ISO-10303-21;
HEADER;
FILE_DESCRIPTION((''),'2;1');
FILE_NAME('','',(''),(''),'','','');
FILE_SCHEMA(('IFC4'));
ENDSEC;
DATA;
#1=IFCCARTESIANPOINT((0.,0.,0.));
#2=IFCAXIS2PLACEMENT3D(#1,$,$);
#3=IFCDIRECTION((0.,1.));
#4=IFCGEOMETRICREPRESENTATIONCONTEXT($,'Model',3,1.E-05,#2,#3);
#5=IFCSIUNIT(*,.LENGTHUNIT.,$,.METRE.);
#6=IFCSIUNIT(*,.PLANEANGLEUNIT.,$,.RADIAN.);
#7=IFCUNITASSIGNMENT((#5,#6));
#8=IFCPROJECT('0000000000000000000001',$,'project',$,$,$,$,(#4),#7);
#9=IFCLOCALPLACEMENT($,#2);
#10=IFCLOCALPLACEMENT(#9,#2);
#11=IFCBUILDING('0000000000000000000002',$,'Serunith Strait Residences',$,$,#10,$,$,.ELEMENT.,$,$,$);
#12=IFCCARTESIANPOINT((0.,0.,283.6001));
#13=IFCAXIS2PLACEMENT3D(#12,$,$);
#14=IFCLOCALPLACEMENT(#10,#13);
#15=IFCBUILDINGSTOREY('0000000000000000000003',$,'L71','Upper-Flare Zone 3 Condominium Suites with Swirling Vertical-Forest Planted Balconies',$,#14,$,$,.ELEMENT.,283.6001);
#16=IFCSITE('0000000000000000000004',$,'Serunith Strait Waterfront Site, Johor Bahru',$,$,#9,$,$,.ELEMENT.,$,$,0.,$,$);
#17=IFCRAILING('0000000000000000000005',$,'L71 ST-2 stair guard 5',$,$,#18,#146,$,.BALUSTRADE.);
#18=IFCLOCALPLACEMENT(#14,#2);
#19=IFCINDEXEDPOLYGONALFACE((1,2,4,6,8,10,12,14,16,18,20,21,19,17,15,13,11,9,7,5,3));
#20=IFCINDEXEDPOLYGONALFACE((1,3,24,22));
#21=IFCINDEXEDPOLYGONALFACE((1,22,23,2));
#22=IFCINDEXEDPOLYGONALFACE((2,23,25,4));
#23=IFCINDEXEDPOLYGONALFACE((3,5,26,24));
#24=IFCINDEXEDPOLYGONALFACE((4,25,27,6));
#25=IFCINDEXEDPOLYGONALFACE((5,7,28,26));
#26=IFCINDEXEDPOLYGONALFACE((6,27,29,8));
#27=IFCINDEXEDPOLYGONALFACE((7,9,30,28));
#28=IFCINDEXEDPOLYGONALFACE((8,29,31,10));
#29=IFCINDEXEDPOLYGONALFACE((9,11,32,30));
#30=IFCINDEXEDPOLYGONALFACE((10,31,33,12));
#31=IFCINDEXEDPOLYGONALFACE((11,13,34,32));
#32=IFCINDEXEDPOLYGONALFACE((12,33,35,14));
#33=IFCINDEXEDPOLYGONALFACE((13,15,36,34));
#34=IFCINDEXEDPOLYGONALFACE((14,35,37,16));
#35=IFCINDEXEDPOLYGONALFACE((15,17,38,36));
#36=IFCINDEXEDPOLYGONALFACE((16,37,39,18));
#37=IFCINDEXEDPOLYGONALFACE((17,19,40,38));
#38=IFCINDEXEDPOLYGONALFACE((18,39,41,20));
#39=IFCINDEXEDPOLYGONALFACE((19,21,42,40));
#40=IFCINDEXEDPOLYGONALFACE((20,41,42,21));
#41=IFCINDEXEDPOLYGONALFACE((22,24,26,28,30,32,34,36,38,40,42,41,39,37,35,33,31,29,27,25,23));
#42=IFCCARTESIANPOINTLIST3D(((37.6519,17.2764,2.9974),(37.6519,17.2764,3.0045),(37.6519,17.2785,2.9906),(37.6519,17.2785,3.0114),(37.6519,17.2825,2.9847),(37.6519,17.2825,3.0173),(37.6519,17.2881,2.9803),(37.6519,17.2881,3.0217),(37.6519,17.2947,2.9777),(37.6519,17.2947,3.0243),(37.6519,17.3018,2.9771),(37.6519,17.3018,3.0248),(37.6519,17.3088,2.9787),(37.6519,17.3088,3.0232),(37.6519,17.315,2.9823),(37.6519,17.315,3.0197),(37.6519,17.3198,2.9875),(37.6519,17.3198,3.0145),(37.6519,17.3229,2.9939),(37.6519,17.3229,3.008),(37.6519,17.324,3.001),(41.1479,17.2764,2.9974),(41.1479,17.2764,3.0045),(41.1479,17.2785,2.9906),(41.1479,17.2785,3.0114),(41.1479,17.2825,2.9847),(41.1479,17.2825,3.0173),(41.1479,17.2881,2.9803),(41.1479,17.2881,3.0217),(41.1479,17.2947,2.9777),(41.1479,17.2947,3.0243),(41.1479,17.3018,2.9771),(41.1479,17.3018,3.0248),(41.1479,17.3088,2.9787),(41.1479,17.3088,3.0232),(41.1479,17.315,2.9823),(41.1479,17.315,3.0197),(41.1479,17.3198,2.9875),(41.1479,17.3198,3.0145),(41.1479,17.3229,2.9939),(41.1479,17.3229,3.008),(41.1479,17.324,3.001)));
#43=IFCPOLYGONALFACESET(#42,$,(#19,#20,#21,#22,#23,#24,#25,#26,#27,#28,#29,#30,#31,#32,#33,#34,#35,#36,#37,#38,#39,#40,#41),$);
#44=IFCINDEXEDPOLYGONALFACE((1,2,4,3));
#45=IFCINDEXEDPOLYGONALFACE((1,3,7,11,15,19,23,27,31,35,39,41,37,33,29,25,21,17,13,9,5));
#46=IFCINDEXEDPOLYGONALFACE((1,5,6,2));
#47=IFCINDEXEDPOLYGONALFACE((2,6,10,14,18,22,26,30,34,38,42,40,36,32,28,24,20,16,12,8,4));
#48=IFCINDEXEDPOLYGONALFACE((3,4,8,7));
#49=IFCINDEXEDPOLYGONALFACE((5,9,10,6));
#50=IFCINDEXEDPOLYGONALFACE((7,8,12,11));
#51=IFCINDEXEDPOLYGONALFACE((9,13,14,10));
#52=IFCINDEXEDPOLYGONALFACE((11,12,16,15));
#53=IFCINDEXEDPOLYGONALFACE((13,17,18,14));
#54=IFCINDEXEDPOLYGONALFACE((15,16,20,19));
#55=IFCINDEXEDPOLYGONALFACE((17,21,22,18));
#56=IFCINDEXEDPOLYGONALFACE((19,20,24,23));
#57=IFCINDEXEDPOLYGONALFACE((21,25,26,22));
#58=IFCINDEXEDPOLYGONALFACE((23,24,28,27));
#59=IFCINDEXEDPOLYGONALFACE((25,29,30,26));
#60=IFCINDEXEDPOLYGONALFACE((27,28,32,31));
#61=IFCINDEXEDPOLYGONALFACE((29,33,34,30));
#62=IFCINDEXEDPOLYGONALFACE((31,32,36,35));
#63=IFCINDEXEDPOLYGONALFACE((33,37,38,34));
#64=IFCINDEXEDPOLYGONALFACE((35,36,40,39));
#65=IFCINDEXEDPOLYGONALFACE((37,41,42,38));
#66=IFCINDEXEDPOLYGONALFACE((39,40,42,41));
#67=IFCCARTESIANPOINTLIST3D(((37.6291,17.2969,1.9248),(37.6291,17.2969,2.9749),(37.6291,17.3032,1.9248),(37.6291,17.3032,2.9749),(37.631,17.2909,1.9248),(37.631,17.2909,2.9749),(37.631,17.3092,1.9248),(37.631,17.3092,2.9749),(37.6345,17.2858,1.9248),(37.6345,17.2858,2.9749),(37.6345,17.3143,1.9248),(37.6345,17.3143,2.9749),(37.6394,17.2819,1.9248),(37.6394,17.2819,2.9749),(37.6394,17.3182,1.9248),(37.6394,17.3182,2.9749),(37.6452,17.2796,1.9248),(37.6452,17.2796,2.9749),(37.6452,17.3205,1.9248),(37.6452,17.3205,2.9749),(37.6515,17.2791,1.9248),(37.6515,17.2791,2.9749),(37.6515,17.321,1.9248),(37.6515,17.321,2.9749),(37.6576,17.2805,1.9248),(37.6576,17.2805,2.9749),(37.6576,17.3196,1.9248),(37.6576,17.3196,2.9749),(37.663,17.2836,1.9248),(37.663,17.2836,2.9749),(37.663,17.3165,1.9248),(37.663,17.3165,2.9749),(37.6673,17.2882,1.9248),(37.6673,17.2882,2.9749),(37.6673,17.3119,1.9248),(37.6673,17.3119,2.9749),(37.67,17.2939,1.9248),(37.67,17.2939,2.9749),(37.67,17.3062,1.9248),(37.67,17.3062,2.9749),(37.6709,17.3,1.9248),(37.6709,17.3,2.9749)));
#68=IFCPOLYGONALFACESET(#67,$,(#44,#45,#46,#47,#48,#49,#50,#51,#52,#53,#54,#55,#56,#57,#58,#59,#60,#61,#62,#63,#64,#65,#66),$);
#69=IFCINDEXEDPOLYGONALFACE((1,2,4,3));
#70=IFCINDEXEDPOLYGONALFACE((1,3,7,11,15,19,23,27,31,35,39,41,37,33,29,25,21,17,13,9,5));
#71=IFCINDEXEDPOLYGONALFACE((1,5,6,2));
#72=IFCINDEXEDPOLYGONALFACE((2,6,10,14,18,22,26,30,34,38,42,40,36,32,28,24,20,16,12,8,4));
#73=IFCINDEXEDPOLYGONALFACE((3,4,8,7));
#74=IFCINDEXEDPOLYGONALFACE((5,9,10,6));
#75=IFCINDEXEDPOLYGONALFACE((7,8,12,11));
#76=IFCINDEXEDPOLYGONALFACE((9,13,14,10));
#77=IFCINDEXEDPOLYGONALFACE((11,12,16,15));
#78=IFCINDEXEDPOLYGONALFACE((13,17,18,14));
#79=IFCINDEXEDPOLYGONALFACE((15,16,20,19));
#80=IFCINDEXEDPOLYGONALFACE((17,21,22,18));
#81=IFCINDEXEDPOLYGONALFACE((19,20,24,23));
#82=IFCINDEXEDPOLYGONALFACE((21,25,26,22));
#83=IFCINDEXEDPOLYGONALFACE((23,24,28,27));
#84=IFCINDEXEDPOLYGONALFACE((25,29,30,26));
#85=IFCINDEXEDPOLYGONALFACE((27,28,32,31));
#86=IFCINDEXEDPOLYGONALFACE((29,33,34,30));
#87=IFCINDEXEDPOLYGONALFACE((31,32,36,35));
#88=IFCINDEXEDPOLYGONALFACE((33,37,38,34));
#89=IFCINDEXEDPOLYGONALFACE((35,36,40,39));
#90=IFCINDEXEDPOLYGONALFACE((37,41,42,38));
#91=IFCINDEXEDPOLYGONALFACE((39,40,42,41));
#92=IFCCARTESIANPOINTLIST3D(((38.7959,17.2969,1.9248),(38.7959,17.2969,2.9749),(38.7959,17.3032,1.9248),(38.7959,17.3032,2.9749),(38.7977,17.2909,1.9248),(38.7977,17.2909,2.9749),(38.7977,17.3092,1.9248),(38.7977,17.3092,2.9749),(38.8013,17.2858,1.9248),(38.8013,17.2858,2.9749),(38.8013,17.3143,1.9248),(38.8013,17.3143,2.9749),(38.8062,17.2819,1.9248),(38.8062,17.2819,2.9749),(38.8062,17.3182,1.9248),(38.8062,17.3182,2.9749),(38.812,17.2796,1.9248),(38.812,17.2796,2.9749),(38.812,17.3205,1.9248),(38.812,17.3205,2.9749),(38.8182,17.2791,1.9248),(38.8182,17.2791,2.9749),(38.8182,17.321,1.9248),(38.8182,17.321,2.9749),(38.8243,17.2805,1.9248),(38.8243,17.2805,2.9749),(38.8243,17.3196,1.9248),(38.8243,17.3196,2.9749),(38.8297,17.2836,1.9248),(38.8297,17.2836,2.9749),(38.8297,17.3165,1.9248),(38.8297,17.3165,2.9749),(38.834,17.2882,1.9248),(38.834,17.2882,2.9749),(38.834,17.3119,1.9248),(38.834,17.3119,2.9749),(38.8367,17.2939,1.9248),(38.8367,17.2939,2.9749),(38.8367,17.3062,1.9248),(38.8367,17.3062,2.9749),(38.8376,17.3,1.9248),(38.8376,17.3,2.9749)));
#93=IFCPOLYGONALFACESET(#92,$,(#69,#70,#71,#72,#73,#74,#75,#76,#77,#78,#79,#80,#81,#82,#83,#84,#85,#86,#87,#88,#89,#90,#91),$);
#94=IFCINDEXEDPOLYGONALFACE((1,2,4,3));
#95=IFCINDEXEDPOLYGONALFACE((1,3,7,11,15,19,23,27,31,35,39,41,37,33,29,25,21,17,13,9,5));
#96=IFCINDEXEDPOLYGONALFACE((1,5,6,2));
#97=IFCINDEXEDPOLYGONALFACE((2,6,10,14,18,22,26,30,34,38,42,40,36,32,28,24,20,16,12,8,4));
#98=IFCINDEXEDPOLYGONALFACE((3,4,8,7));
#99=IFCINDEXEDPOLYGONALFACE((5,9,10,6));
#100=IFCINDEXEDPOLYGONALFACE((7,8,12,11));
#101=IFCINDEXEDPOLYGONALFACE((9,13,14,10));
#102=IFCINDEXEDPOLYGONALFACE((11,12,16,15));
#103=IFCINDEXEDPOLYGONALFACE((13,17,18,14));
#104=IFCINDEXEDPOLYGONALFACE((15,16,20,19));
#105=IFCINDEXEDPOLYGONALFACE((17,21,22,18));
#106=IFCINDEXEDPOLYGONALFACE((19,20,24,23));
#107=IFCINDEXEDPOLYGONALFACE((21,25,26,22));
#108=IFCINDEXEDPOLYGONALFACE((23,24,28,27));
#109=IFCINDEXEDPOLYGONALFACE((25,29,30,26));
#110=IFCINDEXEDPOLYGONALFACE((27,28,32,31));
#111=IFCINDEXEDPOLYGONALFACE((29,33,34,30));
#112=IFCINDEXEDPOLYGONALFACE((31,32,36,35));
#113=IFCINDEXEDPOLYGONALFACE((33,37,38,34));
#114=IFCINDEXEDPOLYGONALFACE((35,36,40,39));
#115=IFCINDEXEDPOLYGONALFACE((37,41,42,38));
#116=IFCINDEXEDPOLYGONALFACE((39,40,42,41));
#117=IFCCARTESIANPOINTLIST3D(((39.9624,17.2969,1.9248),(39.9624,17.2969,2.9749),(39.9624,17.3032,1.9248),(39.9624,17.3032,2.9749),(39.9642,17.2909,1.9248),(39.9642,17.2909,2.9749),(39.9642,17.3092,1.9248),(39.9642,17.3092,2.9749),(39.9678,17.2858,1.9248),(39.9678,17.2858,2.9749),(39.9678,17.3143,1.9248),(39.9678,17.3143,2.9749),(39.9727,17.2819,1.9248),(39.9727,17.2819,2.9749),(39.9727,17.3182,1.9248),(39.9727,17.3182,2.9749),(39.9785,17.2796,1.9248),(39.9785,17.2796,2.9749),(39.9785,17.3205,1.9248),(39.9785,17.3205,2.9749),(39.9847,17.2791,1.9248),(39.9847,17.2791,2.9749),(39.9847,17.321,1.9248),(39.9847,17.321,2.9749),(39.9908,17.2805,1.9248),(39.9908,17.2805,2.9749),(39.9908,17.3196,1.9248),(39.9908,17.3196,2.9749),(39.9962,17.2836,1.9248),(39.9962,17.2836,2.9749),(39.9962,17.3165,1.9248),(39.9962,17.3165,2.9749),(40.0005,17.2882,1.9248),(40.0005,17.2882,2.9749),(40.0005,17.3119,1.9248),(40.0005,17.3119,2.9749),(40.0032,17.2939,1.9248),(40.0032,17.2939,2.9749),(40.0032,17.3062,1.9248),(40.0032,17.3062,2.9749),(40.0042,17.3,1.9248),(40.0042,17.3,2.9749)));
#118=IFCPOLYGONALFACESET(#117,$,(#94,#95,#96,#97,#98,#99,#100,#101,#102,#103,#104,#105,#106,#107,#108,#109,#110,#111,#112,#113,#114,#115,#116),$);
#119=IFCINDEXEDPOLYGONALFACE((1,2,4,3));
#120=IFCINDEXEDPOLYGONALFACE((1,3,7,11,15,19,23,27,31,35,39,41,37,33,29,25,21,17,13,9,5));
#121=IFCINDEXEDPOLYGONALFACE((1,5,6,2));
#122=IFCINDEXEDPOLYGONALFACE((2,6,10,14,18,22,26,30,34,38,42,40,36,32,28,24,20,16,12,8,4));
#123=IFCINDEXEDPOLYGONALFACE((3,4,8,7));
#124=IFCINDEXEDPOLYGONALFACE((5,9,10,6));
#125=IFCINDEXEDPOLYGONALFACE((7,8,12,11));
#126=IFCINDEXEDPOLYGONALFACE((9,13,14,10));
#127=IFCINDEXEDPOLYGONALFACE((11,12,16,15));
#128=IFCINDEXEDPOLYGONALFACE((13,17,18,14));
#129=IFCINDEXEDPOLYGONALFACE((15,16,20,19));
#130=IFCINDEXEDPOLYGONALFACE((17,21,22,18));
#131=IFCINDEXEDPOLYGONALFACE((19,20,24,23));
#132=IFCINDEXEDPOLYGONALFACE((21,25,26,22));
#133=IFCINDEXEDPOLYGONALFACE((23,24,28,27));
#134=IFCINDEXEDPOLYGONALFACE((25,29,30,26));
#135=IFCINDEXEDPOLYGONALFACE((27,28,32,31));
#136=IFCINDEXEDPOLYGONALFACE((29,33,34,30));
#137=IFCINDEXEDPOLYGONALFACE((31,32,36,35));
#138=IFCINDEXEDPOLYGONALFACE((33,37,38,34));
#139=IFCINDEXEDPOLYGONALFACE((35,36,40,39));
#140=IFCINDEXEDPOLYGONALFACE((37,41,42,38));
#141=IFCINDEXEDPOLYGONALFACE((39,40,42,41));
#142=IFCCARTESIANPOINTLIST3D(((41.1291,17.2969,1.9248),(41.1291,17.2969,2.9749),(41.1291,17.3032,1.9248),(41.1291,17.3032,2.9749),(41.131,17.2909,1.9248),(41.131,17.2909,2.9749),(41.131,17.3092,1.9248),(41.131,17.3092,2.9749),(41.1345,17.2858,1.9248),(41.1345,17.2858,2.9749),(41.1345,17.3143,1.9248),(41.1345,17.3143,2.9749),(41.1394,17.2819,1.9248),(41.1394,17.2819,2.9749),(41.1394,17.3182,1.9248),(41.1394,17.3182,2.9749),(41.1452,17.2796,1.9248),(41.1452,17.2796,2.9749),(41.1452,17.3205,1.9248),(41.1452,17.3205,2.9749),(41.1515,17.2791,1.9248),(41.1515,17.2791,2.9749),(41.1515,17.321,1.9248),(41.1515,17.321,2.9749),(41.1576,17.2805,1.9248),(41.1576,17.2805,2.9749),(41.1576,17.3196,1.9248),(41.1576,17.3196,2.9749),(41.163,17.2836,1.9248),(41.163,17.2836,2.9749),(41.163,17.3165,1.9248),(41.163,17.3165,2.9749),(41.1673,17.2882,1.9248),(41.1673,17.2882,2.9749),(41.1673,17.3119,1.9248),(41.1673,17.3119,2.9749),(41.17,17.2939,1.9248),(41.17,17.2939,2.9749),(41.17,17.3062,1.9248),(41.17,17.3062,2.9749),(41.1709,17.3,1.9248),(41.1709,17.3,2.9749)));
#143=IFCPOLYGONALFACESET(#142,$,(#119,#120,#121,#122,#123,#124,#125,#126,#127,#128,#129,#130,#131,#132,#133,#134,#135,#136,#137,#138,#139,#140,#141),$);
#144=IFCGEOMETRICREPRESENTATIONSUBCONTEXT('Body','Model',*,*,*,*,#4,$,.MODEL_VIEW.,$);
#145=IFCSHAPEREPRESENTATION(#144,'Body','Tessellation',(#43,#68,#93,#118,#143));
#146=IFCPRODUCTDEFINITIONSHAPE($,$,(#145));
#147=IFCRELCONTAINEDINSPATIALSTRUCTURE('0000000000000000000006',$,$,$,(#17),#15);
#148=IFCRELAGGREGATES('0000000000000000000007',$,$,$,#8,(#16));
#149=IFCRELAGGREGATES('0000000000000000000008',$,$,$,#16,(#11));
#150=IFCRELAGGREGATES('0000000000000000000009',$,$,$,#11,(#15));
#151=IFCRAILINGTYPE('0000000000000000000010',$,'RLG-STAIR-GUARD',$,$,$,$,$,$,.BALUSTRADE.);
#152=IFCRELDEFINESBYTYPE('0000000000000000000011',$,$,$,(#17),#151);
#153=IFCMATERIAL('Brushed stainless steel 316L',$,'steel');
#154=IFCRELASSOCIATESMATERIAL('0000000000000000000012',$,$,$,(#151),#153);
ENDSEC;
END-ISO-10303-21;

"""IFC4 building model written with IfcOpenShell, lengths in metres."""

from ifc_helpers import new_model, si_unit, direction, frame, origin, origin_2d, place, context, subcontext, project, spatial, circle, extrude, material, type_object, element, save


model = new_model("IFC4")

# Units and contexts
model_context = context("Model", 3, precision=1e-05, world=origin(), true_north=direction((0.0, 1.0)))
body_context = subcontext(model_context, "Body", "Model", "MODEL_VIEW")
ifc_project = project(units=[si_unit("LENGTHUNIT", "METRE"), si_unit("PLANEANGLEUNIT", "RADIAN")], contexts=[model_context])

# Site, building, storey
site_placement = place(None, origin())
site = spatial("IfcSite", under=ifc_project, at=site_placement, Name="Serunith Strait Waterfront Site, Johor Bahru", CompositionType="ELEMENT", RefElevation=0.0)
building_placement = place(site_placement, origin())
building = spatial("IfcBuilding", under=site, at=building_placement, Name="Serunith Strait Residences", CompositionType="ELEMENT")
storey_placement = place(building_placement, frame((0.0, 0.0, 283.6001)))
storey = spatial("IfcBuildingStorey", under=building, at=storey_placement, Name="L71", Description="Upper-Flare Zone 3 Condominium Suites with Swirling Vertical-Forest Planted Balconies", CompositionType="ELEMENT", Elevation=283.6001)

# Railing
ifc_material_1 = material(Name="Brushed stainless steel 316L", Category="steel")
railing_type_1 = type_object("IfcRailingType", Name="RLG-STAIR-GUARD", PredefinedType="BALUSTRADE", material=ifc_material_1)
railing_1_placement = place(storey_placement, frame((37.6499, 17.3, 1.9248)))
element("IfcRailing", 1, at=railing_1_placement, inside=storey, type_object=railing_type_1, Name="L71 ST-2 stair guard 5", PredefinedType="BALUSTRADE", context=body_context, shape_type="SweptSolid", body=[
    extrude(circle(Radius=0.0239, at=origin_2d()), frame((0.002, 0.0, 1.0762), z_axis=(1.0, 0.0, 0.0), x_axis=(0.0, 1.0, 0.0)), (0.0, 0.0, 1.0), 3.4961),
    extrude(circle(Radius=0.021, at=origin_2d()), origin(), (0.0, 0.0, 1.0), 1.05),
    extrude(circle(Radius=0.021, at=origin_2d()), frame((1.1667, 0.0, 0.0)), (0.0, 0.0, 1.0), 1.05),
    extrude(circle(Radius=0.021, at=origin_2d()), frame((2.3333, 0.0, 0.0)), (0.0, 0.0, 1.0), 1.05),
    extrude(circle(Radius=0.021, at=origin_2d()), frame((3.5, 0.0, 0.0)), (0.0, 0.0, 1.0), 1.05),
])

save(model, "model.ifc")
